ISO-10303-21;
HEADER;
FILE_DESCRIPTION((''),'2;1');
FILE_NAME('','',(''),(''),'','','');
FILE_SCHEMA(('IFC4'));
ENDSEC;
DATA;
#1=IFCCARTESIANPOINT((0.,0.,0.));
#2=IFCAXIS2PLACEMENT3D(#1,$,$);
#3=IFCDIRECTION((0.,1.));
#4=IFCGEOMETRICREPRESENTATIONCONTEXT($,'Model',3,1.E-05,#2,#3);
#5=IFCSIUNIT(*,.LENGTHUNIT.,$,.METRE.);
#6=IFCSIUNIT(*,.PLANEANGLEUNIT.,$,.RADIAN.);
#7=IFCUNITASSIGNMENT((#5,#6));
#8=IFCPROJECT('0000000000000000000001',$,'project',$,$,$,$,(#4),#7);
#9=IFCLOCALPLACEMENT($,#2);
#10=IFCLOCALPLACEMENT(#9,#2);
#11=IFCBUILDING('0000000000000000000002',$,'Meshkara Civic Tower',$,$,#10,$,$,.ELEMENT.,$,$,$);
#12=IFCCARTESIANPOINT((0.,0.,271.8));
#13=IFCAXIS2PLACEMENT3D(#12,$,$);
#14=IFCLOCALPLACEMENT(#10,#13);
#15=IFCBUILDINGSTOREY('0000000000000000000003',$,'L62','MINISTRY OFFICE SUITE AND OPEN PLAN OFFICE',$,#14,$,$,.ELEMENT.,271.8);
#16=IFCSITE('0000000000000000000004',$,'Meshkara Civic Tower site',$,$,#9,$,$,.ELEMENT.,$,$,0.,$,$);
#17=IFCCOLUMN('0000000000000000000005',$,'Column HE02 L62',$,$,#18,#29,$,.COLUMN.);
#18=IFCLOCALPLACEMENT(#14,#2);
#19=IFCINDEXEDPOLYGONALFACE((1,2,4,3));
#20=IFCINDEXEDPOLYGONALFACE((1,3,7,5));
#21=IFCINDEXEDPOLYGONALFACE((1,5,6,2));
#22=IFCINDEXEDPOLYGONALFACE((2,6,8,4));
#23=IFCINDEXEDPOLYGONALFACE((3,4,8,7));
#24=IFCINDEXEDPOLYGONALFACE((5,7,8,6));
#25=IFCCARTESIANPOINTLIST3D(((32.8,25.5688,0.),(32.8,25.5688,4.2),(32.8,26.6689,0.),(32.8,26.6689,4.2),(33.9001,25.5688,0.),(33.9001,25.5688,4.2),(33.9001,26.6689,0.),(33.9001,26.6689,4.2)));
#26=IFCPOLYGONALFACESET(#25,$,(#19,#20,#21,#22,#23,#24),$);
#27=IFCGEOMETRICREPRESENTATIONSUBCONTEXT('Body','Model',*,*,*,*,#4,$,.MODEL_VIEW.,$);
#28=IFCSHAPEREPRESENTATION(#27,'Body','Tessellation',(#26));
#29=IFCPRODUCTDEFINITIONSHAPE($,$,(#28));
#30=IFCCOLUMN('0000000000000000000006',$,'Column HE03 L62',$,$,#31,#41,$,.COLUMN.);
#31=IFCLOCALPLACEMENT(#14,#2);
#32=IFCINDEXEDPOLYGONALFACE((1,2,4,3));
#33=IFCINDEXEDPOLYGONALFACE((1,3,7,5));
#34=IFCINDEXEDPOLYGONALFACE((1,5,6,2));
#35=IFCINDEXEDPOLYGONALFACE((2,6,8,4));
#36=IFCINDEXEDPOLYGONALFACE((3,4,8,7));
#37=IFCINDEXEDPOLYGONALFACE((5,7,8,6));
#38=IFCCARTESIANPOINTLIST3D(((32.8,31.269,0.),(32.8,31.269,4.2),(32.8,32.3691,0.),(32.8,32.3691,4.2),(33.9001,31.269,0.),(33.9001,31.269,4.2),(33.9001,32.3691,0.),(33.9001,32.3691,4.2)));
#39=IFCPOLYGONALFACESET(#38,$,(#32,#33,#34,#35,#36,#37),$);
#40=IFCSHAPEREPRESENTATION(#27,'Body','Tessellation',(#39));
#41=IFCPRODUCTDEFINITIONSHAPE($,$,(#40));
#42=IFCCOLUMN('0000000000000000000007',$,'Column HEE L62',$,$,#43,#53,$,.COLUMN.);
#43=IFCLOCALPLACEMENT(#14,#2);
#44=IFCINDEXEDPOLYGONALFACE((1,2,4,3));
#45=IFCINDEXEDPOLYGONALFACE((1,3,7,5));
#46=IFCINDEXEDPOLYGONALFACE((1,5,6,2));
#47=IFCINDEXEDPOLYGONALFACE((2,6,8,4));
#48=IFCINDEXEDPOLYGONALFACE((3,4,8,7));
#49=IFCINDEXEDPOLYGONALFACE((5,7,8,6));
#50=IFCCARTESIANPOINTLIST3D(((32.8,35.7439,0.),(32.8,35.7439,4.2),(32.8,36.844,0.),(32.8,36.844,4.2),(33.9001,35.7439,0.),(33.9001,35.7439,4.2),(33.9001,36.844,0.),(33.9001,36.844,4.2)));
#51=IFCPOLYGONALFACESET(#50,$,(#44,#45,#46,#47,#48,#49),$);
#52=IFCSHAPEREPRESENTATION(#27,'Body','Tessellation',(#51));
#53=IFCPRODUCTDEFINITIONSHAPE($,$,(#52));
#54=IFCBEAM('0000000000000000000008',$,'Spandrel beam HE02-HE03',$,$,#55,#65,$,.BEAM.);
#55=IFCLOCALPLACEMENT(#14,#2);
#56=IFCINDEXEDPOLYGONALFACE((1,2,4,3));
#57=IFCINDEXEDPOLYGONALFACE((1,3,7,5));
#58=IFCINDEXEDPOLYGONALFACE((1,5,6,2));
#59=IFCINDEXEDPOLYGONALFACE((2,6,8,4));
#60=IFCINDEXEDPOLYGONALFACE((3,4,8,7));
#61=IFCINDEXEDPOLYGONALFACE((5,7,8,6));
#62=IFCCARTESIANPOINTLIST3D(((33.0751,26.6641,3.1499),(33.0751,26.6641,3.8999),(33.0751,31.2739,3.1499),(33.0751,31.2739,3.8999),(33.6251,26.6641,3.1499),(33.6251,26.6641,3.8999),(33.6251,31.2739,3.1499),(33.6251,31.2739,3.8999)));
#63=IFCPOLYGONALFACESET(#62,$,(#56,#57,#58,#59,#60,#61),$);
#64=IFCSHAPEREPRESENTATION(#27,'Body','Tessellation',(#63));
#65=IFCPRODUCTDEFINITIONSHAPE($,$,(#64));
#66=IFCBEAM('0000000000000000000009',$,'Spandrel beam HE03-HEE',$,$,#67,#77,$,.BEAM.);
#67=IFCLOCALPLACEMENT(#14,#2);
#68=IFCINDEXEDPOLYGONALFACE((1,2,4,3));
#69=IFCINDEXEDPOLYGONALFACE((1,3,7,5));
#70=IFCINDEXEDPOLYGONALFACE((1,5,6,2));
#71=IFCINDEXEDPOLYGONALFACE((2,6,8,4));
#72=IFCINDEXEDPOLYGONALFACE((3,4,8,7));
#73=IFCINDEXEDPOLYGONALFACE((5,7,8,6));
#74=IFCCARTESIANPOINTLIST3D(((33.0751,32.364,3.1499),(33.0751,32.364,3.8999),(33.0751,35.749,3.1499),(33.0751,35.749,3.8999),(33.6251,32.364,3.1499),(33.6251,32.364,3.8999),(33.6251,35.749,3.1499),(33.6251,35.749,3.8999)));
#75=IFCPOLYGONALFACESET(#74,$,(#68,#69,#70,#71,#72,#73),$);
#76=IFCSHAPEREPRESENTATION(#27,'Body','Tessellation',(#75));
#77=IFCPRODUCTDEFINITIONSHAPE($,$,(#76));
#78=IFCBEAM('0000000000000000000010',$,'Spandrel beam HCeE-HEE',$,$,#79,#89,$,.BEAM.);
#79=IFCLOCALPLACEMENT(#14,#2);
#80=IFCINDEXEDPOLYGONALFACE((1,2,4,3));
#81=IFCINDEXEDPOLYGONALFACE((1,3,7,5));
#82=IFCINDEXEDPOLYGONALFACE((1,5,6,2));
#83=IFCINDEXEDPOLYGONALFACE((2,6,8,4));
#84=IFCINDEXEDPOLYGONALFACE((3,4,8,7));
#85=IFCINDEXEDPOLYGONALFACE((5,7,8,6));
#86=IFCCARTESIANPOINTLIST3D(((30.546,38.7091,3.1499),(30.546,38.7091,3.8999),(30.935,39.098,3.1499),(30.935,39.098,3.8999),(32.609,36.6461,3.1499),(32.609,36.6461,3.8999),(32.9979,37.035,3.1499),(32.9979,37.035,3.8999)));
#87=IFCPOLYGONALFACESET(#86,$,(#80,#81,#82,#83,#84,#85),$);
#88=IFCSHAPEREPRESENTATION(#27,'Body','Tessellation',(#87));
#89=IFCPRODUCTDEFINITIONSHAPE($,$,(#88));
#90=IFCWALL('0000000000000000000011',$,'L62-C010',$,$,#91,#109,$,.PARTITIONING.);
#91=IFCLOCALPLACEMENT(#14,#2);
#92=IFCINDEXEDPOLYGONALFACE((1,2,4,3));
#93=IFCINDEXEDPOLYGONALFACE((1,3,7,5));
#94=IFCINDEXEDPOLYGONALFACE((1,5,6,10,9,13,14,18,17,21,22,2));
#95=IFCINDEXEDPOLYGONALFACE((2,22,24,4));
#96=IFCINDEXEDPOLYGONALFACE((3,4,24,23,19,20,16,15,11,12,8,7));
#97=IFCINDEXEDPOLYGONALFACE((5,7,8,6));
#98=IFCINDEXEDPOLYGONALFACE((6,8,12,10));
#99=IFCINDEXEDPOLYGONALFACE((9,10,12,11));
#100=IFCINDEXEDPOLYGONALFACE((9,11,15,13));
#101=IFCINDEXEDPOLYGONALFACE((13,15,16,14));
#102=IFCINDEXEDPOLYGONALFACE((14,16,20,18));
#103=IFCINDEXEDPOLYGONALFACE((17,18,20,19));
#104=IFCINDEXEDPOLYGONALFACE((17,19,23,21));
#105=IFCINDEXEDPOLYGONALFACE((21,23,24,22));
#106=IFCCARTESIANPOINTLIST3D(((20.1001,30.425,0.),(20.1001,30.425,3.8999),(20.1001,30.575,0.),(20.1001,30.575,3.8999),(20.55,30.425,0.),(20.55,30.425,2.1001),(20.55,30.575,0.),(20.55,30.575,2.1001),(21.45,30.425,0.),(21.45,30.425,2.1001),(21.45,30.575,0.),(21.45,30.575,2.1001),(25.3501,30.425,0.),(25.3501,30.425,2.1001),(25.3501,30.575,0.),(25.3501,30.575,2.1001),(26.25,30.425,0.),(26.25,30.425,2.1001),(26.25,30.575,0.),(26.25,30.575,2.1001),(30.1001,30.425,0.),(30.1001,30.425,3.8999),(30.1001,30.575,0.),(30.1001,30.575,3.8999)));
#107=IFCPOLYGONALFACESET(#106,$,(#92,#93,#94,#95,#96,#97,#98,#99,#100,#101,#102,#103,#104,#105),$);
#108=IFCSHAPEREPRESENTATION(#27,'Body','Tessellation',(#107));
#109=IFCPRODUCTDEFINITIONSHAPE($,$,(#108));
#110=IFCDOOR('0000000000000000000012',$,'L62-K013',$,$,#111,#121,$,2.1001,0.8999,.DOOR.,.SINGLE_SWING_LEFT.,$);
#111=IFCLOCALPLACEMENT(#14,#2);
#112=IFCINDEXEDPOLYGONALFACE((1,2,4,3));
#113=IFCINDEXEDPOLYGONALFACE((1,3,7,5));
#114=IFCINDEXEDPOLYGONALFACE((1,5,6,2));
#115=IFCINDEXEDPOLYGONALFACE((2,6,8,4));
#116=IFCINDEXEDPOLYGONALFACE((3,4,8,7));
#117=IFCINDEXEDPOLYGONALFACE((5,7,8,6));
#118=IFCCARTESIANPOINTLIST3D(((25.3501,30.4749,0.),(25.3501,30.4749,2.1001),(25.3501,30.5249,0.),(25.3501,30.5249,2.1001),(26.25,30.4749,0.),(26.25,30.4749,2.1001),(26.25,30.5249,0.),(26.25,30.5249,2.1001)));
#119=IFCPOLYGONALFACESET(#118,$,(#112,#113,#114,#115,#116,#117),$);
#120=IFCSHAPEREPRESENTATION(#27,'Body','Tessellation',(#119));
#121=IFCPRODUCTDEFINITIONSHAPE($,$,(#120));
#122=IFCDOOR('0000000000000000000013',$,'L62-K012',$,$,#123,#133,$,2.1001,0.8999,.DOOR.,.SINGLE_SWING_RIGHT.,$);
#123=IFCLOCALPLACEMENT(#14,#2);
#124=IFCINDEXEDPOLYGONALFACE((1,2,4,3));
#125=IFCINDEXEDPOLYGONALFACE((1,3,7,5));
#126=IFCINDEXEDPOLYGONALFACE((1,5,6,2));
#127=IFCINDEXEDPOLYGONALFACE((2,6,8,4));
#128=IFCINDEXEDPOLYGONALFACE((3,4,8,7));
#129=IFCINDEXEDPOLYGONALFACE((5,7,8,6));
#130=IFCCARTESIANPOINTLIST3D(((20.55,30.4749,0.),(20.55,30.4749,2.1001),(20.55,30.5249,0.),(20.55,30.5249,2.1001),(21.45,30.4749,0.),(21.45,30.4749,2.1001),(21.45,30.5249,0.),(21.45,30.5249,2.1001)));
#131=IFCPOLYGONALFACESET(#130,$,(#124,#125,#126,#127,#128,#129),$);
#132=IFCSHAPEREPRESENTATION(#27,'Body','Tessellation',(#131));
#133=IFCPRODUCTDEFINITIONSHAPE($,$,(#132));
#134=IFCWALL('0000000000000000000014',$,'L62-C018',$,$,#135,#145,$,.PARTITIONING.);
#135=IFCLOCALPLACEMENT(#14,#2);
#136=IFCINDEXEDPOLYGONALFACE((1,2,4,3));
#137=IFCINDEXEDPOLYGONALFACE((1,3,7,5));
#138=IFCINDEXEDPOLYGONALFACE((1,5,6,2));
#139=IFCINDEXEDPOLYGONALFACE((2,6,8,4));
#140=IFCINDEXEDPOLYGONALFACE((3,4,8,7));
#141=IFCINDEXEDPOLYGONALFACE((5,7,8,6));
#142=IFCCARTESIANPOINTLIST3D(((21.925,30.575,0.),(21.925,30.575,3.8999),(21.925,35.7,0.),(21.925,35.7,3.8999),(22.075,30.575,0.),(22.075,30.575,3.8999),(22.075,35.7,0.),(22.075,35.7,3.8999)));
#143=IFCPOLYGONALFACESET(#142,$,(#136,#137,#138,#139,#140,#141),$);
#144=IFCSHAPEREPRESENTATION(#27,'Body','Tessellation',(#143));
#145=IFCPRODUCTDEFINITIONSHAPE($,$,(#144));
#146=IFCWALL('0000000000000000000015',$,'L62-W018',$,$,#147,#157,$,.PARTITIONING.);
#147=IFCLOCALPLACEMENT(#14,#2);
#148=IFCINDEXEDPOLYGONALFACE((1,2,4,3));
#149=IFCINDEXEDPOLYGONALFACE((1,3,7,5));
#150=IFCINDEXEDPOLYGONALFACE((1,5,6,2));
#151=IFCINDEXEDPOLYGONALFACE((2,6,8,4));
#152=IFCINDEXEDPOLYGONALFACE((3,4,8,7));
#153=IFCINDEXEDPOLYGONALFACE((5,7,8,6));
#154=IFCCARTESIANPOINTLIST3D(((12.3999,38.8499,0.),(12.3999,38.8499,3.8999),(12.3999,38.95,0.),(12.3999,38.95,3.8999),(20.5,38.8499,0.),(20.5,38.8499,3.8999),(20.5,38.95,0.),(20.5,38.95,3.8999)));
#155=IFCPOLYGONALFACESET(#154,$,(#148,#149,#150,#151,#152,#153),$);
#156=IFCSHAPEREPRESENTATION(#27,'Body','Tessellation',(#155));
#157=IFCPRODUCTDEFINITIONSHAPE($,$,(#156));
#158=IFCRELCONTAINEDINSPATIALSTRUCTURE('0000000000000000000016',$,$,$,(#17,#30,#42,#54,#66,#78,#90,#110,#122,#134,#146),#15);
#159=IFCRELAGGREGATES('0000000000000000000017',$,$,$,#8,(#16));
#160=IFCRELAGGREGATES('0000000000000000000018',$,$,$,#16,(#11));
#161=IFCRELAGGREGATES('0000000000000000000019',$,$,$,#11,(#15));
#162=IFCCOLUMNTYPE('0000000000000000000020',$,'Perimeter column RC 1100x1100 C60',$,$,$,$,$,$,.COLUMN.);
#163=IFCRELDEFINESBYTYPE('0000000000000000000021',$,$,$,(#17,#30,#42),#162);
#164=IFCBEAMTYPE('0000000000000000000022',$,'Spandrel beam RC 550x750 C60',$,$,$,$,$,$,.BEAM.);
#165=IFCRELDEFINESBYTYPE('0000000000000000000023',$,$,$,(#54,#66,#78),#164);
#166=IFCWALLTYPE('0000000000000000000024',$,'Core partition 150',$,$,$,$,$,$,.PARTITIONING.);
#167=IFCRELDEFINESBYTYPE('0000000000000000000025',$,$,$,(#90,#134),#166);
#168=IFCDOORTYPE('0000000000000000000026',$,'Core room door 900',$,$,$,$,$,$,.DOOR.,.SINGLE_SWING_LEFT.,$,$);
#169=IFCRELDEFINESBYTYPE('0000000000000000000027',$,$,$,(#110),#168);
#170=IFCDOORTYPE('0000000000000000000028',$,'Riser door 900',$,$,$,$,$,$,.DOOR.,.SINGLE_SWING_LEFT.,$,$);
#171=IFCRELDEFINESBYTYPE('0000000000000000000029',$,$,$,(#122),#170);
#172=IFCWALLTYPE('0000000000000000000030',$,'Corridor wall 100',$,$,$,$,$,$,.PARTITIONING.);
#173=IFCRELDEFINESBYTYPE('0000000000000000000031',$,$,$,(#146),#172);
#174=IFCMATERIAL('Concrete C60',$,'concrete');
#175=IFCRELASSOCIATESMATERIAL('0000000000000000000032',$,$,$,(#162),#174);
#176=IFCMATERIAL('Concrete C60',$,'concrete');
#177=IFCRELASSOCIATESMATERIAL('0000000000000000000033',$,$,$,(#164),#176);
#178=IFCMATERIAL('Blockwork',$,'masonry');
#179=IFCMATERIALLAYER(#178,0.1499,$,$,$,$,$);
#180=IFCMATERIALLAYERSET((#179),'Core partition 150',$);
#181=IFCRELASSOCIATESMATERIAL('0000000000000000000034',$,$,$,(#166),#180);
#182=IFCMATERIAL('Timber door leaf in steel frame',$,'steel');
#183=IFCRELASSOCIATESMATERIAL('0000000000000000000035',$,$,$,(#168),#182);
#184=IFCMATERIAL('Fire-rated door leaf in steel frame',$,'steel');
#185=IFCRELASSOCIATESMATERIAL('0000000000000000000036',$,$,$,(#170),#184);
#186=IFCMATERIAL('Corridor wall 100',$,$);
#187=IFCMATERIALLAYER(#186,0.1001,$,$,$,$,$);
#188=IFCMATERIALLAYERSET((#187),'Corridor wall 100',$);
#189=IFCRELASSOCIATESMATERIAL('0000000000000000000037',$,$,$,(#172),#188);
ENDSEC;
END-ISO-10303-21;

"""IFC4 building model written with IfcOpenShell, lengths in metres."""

from ifc_helpers import new_model, si_unit, direction, frame, frame_2d, origin, origin_2d, place, context, subcontext, project, spatial, rectangle, extrude, material, layer, layer_set, material_profile, profile_set, type_object, element, fill, save


model = new_model("IFC4")

# Units and contexts
model_context = context("Model", 3, precision=1e-05, world=origin(), true_north=direction((0.0, 1.0)))
body_context = subcontext(model_context, "Body", "Model", "MODEL_VIEW")
ifc_project = project(units=[si_unit("LENGTHUNIT", "METRE"), si_unit("PLANEANGLEUNIT", "RADIAN")], contexts=[model_context])

# Site, building, storey
site_placement = place(None, origin())
site = spatial("IfcSite", under=ifc_project, at=site_placement, Name="Meshkara Civic Tower site", CompositionType="ELEMENT", RefElevation=0.0)
building_placement = place(site_placement, origin())
building = spatial("IfcBuilding", under=site, at=building_placement, Name="Meshkara Civic Tower", CompositionType="ELEMENT")
storey_placement = place(building_placement, frame((0.0, 0.0, 271.8)))
storey = spatial("IfcBuildingStorey", under=building, at=storey_placement, Name="L62", Description="MINISTRY OFFICE SUITE AND OPEN PLAN OFFICE", CompositionType="ELEMENT", Elevation=271.8)

# Columns
ifc_material_1 = material(Name="Concrete C60", Category="concrete")
ifc_material_profile_1 = material_profile(ifc_material_1, rectangle(XDim=1.1001, YDim=1.1001, at=origin_2d()))
ifc_profile_set_1 = profile_set([ifc_material_profile_1], Name="Concrete C60")
column_type = type_object("IfcColumnType", Name="Perimeter column RC 1100x1100 C60", PredefinedType="COLUMN", material=ifc_profile_set_1)
for number, where, z_axis, x_axis, name in (
    (1, (33.3501, 26.1189, 0.0), (0.0, 0.0, 1.0), (1.0, 0.0, 0.0), "Column HE02 L62"),
    (2, (33.3501, 31.8191, 0.0), (0.0, 0.0, 1.0), (1.0, 0.0, 0.0), "Column HE03 L62"),
    (3, (33.3501, 36.2939, 0.0), (0.0, 0.0, 1.0), (1.0, 0.0, 0.0), "Column HEE L62"),
):
    element("IfcColumn", number, at=place(storey_placement, frame(where, z_axis=z_axis, x_axis=x_axis)), inside=storey, type_object=column_type, Name=name, PredefinedType="COLUMN", context=body_context, shape_type="SweptSolid", body=[
        extrude(rectangle(XDim=1.1001, YDim=1.1001, at=origin_2d()), origin(), (0.0, 0.0, 1.0), 4.2),
    ])

# Beams
ifc_material_2 = material(Name="Concrete C60", Category="concrete")
ifc_material_profile_2 = material_profile(ifc_material_2, rectangle(XDim=0.55, YDim=0.75, at=origin_2d()))
ifc_profile_set_2 = profile_set([ifc_material_profile_2], Name="Concrete C60")
beam_type = type_object("IfcBeamType", Name="Spandrel beam RC 550x750 C60", PredefinedType="BEAM", material=ifc_profile_set_2)
beam_1_placement = place(storey_placement, frame((33.3501, 26.6641, 3.5249), z_axis=(0.0, 1.0, 0.0), x_axis=(-1.0, 0.0, 0.0)))
element("IfcBeam", 4, at=beam_1_placement, inside=storey, type_object=beam_type, Name="Spandrel beam HE02-HE03", PredefinedType="BEAM", context=body_context, shape_type="SweptSolid", body=[
    extrude(rectangle(XDim=0.55, YDim=0.75, at=origin_2d()), origin(), (0.0, 0.0, 1.0), 4.6099),
])
beam_2_placement = place(storey_placement, frame((33.3501, 32.364, 3.5249), z_axis=(0.0, 1.0, 0.0), x_axis=(-1.0, 0.0, 0.0)))
element("IfcBeam", 5, at=beam_2_placement, inside=storey, type_object=beam_type, Name="Spandrel beam HE03-HEE", PredefinedType="BEAM", context=body_context, shape_type="SweptSolid", body=[
    extrude(rectangle(XDim=0.55, YDim=0.75, at=origin_2d()), origin(), (0.0, 0.0, 1.0), 3.385),
])
beam_3_placement = place(storey_placement, frame((32.8035, 36.8406, 3.5249), z_axis=(-0.707107, 0.707107, 0.0), x_axis=(-0.707107, -0.707107, 0.0)))
element("IfcBeam", 6, at=beam_3_placement, inside=storey, type_object=beam_type, Name="Spandrel beam HCeE-HEE", PredefinedType="BEAM", context=body_context, shape_type="SweptSolid", body=[
    extrude(rectangle(XDim=0.55, YDim=0.75, at=origin_2d()), origin(), (0.0, 0.0, 1.0), 2.9175),
])

# Wall, openings, doors
ifc_material_3 = material(Name="Blockwork", Category="masonry")
ifc_layer_1 = layer(ifc_material_3, 0.1499)
ifc_layer_set_1 = layer_set([ifc_layer_1], Name="Core partition 150")
wall_type_1 = type_object("IfcWallType", Name="Core partition 150", PredefinedType="PARTITIONING", material=ifc_layer_set_1)
wall_1_placement = place(storey_placement, frame((20.1001, 30.5, 0.0), z_axis=(0.0, 0.0, 1.0), x_axis=(1.0, 0.0, 0.0)))
wall_1 = element("IfcWall", 7, at=wall_1_placement, inside=storey, type_object=wall_type_1, Name="L62-C010", PredefinedType="PARTITIONING", context=body_context, shape_type="SweptSolid", body=[
    extrude(rectangle(XDim=10.0, YDim=0.1499, at=frame_2d((5.0, 0.0))), origin(), (0.0, 0.0, 1.0), 3.8999),
])
opening_1_placement = place(wall_1_placement, frame((0.45, 0.0, 0.0)))
opening_1 = element("IfcOpeningElement", 8, at=opening_1_placement, cuts=wall_1, PredefinedType="OPENING", context=body_context, shape_type="SweptSolid", body=[
    extrude(rectangle(XDim=0.8999, YDim=2.1001, at=frame_2d((0.45, 1.05))), frame((0.0, 0.085, 0.0), z_axis=(0.0, -1.0, 0.0), x_axis=(1.0, 0.0, 0.0)), (0.0, 0.0, 1.0), 0.1699),
])
opening_2_placement = place(wall_1_placement, frame((5.25, 0.0, 0.0)))
opening_2 = element("IfcOpeningElement", 9, at=opening_2_placement, cuts=wall_1, PredefinedType="OPENING", context=body_context, shape_type="SweptSolid", body=[
    extrude(rectangle(XDim=0.8999, YDim=2.1001, at=frame_2d((0.45, 1.05))), frame((0.0, 0.085, 0.0), z_axis=(0.0, -1.0, 0.0), x_axis=(1.0, 0.0, 0.0)), (0.0, 0.0, 1.0), 0.1699),
])
ifc_material_4 = material(Name="Timber door leaf in steel frame", Category="steel")
door_type_1 = type_object("IfcDoorType", Name="Core room door 900", OperationType="SINGLE_SWING_LEFT", PredefinedType="DOOR", material=ifc_material_4)
door_1_placement = place(opening_2_placement, origin())
door_1 = element("IfcDoor", 10, at=door_1_placement, inside=storey, type_object=door_type_1, Name="L62-K013", OperationType="SINGLE_SWING_LEFT", OverallHeight=2.1001, OverallWidth=0.8999, PredefinedType="DOOR", context=body_context, shape_type="SweptSolid", body=[
    extrude(rectangle(XDim=0.8999, YDim=2.1001, at=frame_2d((0.45, 1.05))), frame((0.0, 0.0249, 0.0), z_axis=(0.0, -1.0, 0.0), x_axis=(1.0, 0.0, 0.0)), (0.0, 0.0, 1.0), 0.05),
])
fill(opening_2, door_1)
ifc_material_5 = material(Name="Fire-rated door leaf in steel frame", Category="steel")
door_type_2 = type_object("IfcDoorType", Name="Riser door 900", OperationType="SINGLE_SWING_LEFT", PredefinedType="DOOR", material=ifc_material_5)
door_2_placement = place(opening_1_placement, origin())
door_2 = element("IfcDoor", 11, at=door_2_placement, inside=storey, type_object=door_type_2, Name="L62-K012", OperationType="SINGLE_SWING_RIGHT", OverallHeight=2.1001, OverallWidth=0.8999, PredefinedType="DOOR", context=body_context, shape_type="SweptSolid", body=[
    extrude(rectangle(XDim=0.8999, YDim=2.1001, at=frame_2d((0.45, 1.05))), frame((0.0, 0.0249, 0.0), z_axis=(0.0, -1.0, 0.0), x_axis=(1.0, 0.0, 0.0)), (0.0, 0.0, 1.0), 0.05),
])
fill(opening_1, door_2)

# Walls
wall_2_placement = place(storey_placement, frame((22.0, 30.575, 0.0), z_axis=(0.0, 0.0, 1.0), x_axis=(0.0, 1.0, 0.0)))
element("IfcWall", 12, at=wall_2_placement, inside=storey, type_object=wall_type_1, Name="L62-C018", PredefinedType="PARTITIONING", context=body_context, shape_type="SweptSolid", body=[
    extrude(rectangle(XDim=5.125, YDim=0.1499, at=frame_2d((2.5625, 0.0))), origin(), (0.0, 0.0, 1.0), 3.8999),
])
ifc_material_6 = material(Name="Corridor wall 100")
ifc_layer_2 = layer(ifc_material_6, 0.1001)
ifc_layer_set_2 = layer_set([ifc_layer_2], Name="Corridor wall 100")
wall_type_2 = type_object("IfcWallType", Name="Corridor wall 100", PredefinedType="PARTITIONING", material=ifc_layer_set_2)
wall_3_placement = place(storey_placement, frame((20.5, 38.8999, 0.0), z_axis=(0.0, 0.0, 1.0), x_axis=(-1.0, 0.0, 0.0)))
element("IfcWall", 13, at=wall_3_placement, inside=storey, type_object=wall_type_2, Name="L62-W018", PredefinedType="PARTITIONING", context=body_context, shape_type="SweptSolid", body=[
    extrude(rectangle(XDim=8.1001, YDim=0.1001, at=frame_2d((4.05, 0.0))), origin(), (0.0, 0.0, 1.0), 3.8999),
])

save(model, "model.ifc")
